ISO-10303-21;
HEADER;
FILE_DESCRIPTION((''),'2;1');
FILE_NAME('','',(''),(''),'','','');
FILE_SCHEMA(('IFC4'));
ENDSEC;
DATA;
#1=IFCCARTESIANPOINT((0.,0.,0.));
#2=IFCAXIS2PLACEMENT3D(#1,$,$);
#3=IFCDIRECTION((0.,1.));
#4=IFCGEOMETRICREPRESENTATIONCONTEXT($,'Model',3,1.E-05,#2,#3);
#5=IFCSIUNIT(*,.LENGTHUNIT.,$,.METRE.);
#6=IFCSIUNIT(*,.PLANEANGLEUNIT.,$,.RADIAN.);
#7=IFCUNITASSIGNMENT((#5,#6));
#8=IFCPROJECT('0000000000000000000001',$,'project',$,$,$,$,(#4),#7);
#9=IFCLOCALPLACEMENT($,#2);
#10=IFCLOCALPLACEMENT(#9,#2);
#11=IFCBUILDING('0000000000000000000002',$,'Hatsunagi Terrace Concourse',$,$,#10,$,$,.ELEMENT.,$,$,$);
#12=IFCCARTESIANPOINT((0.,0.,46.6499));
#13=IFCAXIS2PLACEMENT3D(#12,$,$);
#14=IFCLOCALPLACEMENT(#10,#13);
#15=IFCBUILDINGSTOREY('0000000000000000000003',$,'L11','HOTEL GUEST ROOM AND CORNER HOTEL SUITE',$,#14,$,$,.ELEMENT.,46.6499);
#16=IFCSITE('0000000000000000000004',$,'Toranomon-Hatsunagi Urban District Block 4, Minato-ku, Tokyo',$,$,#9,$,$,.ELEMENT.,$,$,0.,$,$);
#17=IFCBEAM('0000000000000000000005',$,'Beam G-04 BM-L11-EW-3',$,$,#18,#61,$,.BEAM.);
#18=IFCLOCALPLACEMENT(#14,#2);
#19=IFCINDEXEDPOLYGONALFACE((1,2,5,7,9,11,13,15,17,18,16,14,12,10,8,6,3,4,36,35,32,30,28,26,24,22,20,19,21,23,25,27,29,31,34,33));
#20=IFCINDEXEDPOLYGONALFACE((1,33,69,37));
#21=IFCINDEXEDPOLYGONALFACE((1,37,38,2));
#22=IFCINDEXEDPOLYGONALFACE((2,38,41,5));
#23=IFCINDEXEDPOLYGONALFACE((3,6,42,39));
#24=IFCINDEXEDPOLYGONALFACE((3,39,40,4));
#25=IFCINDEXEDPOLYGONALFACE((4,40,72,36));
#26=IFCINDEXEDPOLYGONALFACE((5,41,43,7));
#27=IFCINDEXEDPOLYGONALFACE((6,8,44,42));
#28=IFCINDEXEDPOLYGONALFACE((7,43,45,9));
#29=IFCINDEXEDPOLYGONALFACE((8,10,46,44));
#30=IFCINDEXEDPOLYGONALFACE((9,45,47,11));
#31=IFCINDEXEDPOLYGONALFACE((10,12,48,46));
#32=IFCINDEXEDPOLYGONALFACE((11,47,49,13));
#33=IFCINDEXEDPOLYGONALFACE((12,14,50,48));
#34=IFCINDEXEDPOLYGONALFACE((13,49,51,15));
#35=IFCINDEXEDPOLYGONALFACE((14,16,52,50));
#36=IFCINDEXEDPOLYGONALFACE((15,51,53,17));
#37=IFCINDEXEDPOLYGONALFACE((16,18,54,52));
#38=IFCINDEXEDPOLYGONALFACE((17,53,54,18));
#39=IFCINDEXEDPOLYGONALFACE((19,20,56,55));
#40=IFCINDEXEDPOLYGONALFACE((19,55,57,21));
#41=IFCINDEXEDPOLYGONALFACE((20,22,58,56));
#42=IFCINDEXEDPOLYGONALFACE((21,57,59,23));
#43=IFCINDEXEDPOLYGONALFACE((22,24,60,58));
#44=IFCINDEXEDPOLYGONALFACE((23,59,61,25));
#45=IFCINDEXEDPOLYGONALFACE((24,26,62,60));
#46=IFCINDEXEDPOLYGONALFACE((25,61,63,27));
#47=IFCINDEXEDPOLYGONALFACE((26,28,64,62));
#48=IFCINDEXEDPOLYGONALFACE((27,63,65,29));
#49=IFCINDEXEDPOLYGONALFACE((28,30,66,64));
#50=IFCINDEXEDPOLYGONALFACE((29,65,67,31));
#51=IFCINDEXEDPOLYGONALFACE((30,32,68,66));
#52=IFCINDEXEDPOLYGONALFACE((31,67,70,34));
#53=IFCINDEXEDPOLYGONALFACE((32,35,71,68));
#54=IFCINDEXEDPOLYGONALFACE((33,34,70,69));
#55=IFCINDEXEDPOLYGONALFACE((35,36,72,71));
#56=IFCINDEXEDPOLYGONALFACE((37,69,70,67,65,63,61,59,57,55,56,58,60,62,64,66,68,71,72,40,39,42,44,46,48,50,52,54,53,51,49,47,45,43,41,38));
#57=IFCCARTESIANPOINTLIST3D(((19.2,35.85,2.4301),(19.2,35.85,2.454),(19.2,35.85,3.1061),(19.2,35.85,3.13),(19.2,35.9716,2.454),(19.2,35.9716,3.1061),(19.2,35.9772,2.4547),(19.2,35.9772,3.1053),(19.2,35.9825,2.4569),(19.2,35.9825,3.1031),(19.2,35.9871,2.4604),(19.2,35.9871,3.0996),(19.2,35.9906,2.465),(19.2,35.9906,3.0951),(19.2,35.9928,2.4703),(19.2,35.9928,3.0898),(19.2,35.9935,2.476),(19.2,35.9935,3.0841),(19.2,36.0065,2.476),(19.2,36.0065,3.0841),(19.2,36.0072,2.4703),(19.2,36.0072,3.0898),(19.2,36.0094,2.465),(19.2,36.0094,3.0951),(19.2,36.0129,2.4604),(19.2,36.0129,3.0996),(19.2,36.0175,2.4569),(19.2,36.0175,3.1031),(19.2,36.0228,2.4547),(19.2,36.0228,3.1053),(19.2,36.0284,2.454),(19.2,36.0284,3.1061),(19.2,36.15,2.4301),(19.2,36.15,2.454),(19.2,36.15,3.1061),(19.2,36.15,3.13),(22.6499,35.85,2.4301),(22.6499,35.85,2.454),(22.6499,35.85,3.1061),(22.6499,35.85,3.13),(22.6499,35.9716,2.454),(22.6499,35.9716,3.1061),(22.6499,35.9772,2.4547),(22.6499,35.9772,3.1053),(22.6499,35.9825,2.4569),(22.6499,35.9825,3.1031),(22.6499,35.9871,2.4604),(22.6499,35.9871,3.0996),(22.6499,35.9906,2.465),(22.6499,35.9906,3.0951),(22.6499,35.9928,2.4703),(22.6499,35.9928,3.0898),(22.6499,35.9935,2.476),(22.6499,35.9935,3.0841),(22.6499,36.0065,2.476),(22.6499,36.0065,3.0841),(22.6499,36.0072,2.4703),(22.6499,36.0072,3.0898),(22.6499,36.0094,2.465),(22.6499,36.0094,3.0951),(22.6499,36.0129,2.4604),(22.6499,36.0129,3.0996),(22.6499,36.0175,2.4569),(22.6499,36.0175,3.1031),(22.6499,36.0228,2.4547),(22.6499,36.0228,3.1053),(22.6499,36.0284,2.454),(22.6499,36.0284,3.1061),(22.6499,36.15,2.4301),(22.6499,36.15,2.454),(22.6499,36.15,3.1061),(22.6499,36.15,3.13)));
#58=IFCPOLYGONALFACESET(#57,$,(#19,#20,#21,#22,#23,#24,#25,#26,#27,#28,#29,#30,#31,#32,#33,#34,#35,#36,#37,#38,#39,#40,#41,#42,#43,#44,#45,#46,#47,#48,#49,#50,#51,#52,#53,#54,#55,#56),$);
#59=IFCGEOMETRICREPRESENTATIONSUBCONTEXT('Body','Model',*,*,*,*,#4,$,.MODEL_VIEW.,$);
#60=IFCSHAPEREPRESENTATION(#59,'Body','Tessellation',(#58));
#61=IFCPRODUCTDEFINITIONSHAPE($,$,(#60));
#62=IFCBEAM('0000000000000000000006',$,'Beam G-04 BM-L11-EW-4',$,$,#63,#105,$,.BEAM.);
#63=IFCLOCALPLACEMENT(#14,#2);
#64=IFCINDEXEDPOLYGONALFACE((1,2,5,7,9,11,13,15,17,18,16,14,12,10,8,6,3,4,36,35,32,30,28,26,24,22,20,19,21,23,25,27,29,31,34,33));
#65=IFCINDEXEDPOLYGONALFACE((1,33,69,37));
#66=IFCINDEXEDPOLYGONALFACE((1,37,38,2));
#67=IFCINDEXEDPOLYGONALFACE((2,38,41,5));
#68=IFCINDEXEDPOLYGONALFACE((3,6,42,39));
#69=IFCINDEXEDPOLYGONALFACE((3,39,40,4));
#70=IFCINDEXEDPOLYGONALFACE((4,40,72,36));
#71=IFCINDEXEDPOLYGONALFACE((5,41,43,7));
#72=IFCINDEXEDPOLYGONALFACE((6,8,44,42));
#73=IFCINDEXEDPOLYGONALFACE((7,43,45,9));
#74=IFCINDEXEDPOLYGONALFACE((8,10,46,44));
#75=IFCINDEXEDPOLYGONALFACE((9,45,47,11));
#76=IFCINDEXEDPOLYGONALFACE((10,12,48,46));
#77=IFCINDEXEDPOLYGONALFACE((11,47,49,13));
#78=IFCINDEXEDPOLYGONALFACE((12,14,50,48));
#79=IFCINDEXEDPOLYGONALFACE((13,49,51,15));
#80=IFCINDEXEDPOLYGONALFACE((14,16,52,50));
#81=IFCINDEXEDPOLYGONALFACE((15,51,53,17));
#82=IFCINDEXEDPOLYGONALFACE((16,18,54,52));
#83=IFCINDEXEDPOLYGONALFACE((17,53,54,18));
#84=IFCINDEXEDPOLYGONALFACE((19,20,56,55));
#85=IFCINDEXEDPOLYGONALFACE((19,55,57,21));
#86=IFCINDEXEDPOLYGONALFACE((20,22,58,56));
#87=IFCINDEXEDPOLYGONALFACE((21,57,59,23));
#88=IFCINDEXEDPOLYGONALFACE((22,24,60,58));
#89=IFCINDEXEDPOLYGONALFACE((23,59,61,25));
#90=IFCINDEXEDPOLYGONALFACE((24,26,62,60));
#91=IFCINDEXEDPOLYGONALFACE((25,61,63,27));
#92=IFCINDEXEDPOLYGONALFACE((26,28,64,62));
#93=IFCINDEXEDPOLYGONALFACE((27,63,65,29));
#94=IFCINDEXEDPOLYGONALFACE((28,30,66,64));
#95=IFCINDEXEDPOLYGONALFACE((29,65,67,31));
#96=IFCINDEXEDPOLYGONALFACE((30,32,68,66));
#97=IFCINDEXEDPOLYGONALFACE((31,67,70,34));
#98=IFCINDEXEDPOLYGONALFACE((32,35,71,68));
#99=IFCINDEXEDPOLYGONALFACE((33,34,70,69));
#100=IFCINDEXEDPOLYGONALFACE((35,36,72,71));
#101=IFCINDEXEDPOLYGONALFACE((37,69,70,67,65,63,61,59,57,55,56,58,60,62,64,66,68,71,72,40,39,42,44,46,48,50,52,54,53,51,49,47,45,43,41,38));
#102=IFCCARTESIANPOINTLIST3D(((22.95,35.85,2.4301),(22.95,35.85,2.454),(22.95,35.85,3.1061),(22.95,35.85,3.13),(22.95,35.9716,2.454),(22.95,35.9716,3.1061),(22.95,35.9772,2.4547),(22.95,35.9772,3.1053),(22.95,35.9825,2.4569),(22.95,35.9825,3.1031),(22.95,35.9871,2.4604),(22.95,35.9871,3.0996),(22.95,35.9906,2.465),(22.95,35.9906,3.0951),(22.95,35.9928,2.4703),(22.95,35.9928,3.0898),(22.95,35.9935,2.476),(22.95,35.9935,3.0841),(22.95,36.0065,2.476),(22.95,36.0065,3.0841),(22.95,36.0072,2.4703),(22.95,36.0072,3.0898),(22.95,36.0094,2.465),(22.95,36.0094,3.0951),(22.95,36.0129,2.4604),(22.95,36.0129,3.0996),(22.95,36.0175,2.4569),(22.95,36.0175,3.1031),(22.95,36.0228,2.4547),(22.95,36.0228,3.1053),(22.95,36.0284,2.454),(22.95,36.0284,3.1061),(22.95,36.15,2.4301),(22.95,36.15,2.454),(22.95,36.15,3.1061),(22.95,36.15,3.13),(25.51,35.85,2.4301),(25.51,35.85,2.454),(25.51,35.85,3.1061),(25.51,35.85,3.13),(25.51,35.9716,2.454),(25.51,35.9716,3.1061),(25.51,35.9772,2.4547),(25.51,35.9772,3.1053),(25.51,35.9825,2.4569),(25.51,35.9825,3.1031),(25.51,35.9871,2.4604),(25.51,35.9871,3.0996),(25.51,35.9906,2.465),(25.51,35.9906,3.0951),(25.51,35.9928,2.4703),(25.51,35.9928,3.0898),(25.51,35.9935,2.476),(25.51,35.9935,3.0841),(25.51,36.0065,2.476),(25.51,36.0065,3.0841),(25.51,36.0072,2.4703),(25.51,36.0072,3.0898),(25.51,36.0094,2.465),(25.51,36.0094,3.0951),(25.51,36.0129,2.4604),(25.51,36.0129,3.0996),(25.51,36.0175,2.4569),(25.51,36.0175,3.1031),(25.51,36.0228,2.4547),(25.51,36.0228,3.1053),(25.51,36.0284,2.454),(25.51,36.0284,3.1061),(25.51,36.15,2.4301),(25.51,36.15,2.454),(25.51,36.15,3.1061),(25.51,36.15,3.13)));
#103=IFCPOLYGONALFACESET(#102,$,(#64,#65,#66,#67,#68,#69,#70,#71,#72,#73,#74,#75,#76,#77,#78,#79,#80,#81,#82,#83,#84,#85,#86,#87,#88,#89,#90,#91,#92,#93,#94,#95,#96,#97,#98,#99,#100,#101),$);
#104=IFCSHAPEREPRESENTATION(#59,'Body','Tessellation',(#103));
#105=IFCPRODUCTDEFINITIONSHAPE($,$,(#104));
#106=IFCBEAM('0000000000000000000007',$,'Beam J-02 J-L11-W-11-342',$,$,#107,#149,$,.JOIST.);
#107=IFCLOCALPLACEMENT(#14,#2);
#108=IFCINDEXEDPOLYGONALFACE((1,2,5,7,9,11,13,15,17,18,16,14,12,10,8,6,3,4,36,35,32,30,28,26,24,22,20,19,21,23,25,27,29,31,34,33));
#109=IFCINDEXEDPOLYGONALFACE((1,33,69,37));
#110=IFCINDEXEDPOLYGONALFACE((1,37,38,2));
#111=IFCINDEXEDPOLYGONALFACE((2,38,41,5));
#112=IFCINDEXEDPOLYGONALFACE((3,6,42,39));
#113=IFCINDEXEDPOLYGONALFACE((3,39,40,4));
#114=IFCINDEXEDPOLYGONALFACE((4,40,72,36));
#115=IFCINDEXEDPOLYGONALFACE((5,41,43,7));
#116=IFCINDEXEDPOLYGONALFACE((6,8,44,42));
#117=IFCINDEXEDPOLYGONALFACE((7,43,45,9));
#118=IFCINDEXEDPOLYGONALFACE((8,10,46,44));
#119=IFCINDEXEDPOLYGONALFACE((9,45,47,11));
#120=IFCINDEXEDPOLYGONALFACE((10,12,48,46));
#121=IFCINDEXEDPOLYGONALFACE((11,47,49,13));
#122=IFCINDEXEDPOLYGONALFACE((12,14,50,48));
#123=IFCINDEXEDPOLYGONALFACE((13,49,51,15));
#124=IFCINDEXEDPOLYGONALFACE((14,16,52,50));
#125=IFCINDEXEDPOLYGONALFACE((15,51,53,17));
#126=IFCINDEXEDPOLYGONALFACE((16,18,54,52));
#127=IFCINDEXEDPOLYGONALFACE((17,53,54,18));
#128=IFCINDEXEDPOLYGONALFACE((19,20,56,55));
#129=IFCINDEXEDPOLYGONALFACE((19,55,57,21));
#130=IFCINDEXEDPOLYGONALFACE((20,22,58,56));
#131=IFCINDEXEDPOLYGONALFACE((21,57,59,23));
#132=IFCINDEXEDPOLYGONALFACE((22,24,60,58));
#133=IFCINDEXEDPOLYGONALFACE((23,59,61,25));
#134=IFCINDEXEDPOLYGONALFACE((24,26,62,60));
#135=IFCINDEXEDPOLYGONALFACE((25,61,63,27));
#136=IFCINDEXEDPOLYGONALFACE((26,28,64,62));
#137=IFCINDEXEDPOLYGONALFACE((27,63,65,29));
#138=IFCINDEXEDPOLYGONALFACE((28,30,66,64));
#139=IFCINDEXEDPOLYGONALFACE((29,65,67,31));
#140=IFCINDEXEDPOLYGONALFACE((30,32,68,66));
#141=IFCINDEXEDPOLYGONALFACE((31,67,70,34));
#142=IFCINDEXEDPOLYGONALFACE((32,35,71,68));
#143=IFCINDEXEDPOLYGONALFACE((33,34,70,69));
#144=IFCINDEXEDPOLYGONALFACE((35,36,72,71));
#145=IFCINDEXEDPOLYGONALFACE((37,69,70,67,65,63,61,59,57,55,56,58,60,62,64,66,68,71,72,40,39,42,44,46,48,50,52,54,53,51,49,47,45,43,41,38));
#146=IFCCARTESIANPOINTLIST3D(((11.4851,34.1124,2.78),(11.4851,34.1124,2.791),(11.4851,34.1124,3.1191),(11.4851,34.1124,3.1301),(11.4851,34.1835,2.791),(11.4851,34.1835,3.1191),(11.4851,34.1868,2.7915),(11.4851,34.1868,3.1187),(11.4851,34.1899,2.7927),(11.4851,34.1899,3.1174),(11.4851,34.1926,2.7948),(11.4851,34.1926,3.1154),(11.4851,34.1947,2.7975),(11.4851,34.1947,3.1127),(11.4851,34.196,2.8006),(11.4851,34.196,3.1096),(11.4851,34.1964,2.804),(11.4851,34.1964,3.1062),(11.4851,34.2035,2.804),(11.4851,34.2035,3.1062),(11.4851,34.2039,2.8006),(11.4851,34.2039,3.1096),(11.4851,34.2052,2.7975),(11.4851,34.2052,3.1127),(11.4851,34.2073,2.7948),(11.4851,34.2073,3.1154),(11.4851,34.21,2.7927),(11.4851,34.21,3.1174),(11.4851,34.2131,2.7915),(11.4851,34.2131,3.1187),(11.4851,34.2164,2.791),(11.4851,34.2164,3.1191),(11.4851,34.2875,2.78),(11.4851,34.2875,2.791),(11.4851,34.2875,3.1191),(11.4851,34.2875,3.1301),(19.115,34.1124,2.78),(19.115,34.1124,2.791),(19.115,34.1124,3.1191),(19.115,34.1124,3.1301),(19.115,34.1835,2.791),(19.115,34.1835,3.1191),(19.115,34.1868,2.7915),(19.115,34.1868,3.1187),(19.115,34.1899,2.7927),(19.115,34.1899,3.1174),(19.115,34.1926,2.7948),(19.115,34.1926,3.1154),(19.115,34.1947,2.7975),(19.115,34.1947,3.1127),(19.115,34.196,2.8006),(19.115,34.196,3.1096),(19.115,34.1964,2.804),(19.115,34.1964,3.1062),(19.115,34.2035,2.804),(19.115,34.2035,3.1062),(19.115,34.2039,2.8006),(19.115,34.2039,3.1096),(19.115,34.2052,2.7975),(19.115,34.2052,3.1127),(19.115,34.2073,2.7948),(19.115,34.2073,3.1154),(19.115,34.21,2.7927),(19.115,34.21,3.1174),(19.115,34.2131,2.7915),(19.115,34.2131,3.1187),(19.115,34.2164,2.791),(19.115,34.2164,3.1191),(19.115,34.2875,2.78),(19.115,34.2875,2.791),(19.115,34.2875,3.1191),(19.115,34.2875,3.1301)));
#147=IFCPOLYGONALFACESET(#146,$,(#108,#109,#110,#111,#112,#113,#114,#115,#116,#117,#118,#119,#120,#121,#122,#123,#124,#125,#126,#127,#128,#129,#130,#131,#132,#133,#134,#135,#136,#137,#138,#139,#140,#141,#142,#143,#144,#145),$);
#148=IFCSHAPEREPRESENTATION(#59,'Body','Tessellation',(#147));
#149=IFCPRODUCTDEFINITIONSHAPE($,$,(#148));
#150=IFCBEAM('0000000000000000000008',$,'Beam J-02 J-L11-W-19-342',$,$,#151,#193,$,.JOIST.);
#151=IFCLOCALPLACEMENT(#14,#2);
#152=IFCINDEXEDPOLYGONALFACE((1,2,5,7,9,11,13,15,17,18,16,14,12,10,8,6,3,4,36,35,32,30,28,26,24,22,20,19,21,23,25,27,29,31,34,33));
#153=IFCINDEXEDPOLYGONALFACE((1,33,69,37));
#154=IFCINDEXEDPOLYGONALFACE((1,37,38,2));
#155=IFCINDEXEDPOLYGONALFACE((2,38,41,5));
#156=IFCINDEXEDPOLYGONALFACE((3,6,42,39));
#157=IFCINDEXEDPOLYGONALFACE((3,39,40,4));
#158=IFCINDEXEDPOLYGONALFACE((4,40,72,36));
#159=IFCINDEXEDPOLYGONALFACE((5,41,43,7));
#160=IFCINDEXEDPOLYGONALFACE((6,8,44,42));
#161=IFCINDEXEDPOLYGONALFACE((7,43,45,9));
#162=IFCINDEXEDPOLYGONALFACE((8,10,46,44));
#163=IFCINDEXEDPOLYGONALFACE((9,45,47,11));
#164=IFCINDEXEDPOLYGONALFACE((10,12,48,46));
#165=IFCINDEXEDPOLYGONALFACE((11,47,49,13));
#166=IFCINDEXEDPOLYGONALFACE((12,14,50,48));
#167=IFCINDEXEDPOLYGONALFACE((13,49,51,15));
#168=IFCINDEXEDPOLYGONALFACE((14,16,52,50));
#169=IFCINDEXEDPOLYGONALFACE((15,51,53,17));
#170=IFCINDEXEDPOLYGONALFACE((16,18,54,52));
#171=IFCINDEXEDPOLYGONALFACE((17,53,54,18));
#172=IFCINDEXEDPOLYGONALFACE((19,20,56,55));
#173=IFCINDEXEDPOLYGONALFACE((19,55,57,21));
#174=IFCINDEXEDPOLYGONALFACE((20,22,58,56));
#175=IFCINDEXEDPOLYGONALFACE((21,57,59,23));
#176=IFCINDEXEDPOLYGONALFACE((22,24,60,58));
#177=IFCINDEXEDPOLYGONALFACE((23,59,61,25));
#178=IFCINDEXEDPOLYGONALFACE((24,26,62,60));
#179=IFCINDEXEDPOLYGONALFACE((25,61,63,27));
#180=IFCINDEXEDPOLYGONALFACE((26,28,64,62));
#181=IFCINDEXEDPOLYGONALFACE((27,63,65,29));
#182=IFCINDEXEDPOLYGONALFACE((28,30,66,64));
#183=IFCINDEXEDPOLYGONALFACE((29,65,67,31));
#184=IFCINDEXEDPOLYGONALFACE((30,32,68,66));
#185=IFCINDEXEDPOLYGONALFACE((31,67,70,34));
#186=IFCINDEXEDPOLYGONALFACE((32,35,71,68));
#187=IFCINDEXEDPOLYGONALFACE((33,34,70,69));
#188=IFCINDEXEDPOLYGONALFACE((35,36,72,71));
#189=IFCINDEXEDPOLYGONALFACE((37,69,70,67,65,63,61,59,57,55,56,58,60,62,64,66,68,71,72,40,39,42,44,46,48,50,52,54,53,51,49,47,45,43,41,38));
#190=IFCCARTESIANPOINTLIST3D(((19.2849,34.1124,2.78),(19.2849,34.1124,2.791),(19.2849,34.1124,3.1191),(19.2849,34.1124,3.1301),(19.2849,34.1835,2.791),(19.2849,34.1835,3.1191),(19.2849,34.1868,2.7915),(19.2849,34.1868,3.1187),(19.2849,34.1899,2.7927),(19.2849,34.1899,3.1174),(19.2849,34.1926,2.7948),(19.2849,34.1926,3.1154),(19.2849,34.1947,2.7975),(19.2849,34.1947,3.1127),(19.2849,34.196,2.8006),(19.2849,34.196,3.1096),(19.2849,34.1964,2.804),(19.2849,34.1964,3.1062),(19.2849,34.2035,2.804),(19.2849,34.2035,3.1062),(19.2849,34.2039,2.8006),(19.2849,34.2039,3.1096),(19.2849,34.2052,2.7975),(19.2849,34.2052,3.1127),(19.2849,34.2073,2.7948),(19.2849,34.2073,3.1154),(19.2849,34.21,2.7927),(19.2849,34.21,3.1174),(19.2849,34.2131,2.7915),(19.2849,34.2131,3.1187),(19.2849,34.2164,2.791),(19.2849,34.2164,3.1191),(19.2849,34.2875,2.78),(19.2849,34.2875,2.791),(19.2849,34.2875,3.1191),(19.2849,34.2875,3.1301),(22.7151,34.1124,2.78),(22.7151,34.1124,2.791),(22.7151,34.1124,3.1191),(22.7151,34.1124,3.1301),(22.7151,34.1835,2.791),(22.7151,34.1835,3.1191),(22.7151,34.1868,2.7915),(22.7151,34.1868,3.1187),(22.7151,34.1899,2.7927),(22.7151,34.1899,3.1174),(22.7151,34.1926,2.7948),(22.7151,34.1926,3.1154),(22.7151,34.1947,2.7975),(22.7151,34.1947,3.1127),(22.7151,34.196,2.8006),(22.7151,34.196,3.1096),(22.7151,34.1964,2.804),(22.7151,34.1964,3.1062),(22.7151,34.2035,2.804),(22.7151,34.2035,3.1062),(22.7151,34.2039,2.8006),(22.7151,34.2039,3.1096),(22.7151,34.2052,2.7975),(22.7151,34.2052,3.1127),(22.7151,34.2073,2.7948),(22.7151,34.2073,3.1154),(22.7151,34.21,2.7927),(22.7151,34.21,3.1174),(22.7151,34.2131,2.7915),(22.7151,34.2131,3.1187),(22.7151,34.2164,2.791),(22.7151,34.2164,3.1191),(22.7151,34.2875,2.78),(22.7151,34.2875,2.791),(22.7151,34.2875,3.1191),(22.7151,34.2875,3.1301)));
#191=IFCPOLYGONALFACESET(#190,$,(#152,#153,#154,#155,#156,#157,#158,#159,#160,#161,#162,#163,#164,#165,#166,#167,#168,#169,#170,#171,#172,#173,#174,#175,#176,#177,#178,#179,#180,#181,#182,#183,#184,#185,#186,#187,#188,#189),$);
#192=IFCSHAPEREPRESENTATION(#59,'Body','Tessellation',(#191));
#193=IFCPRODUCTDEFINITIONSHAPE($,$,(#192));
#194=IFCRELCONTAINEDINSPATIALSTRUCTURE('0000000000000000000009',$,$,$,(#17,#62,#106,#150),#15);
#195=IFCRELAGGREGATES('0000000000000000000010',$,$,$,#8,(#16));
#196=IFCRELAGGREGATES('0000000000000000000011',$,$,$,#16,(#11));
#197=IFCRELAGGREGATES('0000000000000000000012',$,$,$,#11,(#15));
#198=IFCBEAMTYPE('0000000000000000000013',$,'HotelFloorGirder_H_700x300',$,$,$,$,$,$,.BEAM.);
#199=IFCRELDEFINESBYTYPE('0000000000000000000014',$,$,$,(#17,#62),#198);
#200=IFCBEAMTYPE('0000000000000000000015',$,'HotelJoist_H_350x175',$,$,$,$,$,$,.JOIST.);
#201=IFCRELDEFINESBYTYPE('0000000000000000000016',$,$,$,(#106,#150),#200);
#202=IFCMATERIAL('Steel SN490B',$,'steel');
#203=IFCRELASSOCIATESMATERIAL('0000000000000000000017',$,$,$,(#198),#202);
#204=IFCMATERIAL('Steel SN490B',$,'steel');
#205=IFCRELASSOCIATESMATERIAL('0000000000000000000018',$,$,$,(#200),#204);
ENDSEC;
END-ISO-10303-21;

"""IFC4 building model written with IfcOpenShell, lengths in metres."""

from ifc_helpers import new_model, si_unit, direction, frame, origin, origin_2d, place, context, subcontext, project, spatial, i_section, extrude, material, material_profile, profile_set, type_object, element, save


model = new_model("IFC4")

# Units and contexts
model_context = context("Model", 3, precision=1e-05, world=origin(), true_north=direction((0.0, 1.0)))
body_context = subcontext(model_context, "Body", "Model", "MODEL_VIEW")
ifc_project = project(units=[si_unit("LENGTHUNIT", "METRE"), si_unit("PLANEANGLEUNIT", "RADIAN")], contexts=[model_context])

# Site, building, storey
site_placement = place(None, origin())
site = spatial("IfcSite", under=ifc_project, at=site_placement, Name="Toranomon-Hatsunagi Urban District Block 4, Minato-ku, Tokyo", CompositionType="ELEMENT", RefElevation=0.0)
building_placement = place(site_placement, origin())
building = spatial("IfcBuilding", under=site, at=building_placement, Name="Hatsunagi Terrace Concourse", CompositionType="ELEMENT")
storey_placement = place(building_placement, frame((0.0, 0.0, 46.6499)))
storey = spatial("IfcBuildingStorey", under=building, at=storey_placement, Name="L11", Description="HOTEL GUEST ROOM AND CORNER HOTEL SUITE", CompositionType="ELEMENT", Elevation=46.6499)

# Beams
ifc_material_1 = material(Name="Steel SN490B", Category="steel")
ifc_material_profile_1 = material_profile(ifc_material_1, i_section(OverallWidth=0.3, OverallDepth=0.7, WebThickness=0.0129, FlangeThickness=0.0239, FilletRadius=0.022, at=origin_2d()), Name="H-700x300x13x24")
ifc_profile_set_1 = profile_set([ifc_material_profile_1], Name="Steel SN490B")
beam_type_1 = type_object("IfcBeamType", Name="HotelFloorGirder_H_700x300", PredefinedType="BEAM", material=ifc_profile_set_1)
beam_1_placement = place(storey_placement, frame((19.2, 36.0, 2.78), z_axis=(1.0, 0.0, 0.0), x_axis=(0.0, 1.0, 0.0)))
element("IfcBeam", 1, at=beam_1_placement, inside=storey, type_object=beam_type_1, Name="Beam G-04 BM-L11-EW-3", PredefinedType="BEAM", context=body_context, shape_type="SweptSolid", body=[
    extrude(i_section(OverallWidth=0.3, OverallDepth=0.7, WebThickness=0.0129, FlangeThickness=0.0239, FilletRadius=0.022, at=origin_2d()), origin(), (0.0, 0.0, 1.0), 3.45),
])
beam_2_placement = place(storey_placement, frame((22.95, 36.0, 2.78), z_axis=(1.0, 0.0, 0.0), x_axis=(0.0, 1.0, 0.0)))
element("IfcBeam", 2, at=beam_2_placement, inside=storey, type_object=beam_type_1, Name="Beam G-04 BM-L11-EW-4", PredefinedType="BEAM", context=body_context, shape_type="SweptSolid", body=[
    extrude(i_section(OverallWidth=0.3, OverallDepth=0.7, WebThickness=0.0129, FlangeThickness=0.0239, FilletRadius=0.022, at=origin_2d()), origin(), (0.0, 0.0, 1.0), 2.5601),
])
ifc_material_2 = material(Name="Steel SN490B", Category="steel")
ifc_material_profile_2 = material_profile(ifc_material_2, i_section(OverallWidth=0.175, OverallDepth=0.3501, WebThickness=0.0071, FlangeThickness=0.011, FilletRadius=0.0129, at=origin_2d()), Name="H-350x175x7x11")
ifc_profile_set_2 = profile_set([ifc_material_profile_2], Name="Steel SN490B")
beam_type_2 = type_object("IfcBeamType", Name="HotelJoist_H_350x175", PredefinedType="JOIST", material=ifc_profile_set_2)
beam_3_placement = place(storey_placement, frame((11.4851, 34.2, 2.9551), z_axis=(1.0, 0.0, 0.0), x_axis=(0.0, 1.0, 0.0)))
element("IfcBeam", 3, at=beam_3_placement, inside=storey, type_object=beam_type_2, Name="Beam J-02 J-L11-W-11-342", PredefinedType="JOIST", context=body_context, shape_type="SweptSolid", body=[
    extrude(i_section(OverallWidth=0.175, OverallDepth=0.3501, WebThickness=0.0071, FlangeThickness=0.011, FilletRadius=0.0129, at=origin_2d()), origin(), (0.0, 0.0, 1.0), 7.6299),
])
beam_4_placement = place(storey_placement, frame((19.2849, 34.2, 2.9551), z_axis=(1.0, 0.0, 0.0), x_axis=(0.0, 1.0, 0.0)))
element("IfcBeam", 4, at=beam_4_placement, inside=storey, type_object=beam_type_2, Name="Beam J-02 J-L11-W-19-342", PredefinedType="JOIST", context=body_context, shape_type="SweptSolid", body=[
    extrude(i_section(OverallWidth=0.175, OverallDepth=0.3501, WebThickness=0.0071, FlangeThickness=0.011, FilletRadius=0.0129, at=origin_2d()), origin(), (0.0, 0.0, 1.0), 3.4302),
])

save(model, "model.ifc")
